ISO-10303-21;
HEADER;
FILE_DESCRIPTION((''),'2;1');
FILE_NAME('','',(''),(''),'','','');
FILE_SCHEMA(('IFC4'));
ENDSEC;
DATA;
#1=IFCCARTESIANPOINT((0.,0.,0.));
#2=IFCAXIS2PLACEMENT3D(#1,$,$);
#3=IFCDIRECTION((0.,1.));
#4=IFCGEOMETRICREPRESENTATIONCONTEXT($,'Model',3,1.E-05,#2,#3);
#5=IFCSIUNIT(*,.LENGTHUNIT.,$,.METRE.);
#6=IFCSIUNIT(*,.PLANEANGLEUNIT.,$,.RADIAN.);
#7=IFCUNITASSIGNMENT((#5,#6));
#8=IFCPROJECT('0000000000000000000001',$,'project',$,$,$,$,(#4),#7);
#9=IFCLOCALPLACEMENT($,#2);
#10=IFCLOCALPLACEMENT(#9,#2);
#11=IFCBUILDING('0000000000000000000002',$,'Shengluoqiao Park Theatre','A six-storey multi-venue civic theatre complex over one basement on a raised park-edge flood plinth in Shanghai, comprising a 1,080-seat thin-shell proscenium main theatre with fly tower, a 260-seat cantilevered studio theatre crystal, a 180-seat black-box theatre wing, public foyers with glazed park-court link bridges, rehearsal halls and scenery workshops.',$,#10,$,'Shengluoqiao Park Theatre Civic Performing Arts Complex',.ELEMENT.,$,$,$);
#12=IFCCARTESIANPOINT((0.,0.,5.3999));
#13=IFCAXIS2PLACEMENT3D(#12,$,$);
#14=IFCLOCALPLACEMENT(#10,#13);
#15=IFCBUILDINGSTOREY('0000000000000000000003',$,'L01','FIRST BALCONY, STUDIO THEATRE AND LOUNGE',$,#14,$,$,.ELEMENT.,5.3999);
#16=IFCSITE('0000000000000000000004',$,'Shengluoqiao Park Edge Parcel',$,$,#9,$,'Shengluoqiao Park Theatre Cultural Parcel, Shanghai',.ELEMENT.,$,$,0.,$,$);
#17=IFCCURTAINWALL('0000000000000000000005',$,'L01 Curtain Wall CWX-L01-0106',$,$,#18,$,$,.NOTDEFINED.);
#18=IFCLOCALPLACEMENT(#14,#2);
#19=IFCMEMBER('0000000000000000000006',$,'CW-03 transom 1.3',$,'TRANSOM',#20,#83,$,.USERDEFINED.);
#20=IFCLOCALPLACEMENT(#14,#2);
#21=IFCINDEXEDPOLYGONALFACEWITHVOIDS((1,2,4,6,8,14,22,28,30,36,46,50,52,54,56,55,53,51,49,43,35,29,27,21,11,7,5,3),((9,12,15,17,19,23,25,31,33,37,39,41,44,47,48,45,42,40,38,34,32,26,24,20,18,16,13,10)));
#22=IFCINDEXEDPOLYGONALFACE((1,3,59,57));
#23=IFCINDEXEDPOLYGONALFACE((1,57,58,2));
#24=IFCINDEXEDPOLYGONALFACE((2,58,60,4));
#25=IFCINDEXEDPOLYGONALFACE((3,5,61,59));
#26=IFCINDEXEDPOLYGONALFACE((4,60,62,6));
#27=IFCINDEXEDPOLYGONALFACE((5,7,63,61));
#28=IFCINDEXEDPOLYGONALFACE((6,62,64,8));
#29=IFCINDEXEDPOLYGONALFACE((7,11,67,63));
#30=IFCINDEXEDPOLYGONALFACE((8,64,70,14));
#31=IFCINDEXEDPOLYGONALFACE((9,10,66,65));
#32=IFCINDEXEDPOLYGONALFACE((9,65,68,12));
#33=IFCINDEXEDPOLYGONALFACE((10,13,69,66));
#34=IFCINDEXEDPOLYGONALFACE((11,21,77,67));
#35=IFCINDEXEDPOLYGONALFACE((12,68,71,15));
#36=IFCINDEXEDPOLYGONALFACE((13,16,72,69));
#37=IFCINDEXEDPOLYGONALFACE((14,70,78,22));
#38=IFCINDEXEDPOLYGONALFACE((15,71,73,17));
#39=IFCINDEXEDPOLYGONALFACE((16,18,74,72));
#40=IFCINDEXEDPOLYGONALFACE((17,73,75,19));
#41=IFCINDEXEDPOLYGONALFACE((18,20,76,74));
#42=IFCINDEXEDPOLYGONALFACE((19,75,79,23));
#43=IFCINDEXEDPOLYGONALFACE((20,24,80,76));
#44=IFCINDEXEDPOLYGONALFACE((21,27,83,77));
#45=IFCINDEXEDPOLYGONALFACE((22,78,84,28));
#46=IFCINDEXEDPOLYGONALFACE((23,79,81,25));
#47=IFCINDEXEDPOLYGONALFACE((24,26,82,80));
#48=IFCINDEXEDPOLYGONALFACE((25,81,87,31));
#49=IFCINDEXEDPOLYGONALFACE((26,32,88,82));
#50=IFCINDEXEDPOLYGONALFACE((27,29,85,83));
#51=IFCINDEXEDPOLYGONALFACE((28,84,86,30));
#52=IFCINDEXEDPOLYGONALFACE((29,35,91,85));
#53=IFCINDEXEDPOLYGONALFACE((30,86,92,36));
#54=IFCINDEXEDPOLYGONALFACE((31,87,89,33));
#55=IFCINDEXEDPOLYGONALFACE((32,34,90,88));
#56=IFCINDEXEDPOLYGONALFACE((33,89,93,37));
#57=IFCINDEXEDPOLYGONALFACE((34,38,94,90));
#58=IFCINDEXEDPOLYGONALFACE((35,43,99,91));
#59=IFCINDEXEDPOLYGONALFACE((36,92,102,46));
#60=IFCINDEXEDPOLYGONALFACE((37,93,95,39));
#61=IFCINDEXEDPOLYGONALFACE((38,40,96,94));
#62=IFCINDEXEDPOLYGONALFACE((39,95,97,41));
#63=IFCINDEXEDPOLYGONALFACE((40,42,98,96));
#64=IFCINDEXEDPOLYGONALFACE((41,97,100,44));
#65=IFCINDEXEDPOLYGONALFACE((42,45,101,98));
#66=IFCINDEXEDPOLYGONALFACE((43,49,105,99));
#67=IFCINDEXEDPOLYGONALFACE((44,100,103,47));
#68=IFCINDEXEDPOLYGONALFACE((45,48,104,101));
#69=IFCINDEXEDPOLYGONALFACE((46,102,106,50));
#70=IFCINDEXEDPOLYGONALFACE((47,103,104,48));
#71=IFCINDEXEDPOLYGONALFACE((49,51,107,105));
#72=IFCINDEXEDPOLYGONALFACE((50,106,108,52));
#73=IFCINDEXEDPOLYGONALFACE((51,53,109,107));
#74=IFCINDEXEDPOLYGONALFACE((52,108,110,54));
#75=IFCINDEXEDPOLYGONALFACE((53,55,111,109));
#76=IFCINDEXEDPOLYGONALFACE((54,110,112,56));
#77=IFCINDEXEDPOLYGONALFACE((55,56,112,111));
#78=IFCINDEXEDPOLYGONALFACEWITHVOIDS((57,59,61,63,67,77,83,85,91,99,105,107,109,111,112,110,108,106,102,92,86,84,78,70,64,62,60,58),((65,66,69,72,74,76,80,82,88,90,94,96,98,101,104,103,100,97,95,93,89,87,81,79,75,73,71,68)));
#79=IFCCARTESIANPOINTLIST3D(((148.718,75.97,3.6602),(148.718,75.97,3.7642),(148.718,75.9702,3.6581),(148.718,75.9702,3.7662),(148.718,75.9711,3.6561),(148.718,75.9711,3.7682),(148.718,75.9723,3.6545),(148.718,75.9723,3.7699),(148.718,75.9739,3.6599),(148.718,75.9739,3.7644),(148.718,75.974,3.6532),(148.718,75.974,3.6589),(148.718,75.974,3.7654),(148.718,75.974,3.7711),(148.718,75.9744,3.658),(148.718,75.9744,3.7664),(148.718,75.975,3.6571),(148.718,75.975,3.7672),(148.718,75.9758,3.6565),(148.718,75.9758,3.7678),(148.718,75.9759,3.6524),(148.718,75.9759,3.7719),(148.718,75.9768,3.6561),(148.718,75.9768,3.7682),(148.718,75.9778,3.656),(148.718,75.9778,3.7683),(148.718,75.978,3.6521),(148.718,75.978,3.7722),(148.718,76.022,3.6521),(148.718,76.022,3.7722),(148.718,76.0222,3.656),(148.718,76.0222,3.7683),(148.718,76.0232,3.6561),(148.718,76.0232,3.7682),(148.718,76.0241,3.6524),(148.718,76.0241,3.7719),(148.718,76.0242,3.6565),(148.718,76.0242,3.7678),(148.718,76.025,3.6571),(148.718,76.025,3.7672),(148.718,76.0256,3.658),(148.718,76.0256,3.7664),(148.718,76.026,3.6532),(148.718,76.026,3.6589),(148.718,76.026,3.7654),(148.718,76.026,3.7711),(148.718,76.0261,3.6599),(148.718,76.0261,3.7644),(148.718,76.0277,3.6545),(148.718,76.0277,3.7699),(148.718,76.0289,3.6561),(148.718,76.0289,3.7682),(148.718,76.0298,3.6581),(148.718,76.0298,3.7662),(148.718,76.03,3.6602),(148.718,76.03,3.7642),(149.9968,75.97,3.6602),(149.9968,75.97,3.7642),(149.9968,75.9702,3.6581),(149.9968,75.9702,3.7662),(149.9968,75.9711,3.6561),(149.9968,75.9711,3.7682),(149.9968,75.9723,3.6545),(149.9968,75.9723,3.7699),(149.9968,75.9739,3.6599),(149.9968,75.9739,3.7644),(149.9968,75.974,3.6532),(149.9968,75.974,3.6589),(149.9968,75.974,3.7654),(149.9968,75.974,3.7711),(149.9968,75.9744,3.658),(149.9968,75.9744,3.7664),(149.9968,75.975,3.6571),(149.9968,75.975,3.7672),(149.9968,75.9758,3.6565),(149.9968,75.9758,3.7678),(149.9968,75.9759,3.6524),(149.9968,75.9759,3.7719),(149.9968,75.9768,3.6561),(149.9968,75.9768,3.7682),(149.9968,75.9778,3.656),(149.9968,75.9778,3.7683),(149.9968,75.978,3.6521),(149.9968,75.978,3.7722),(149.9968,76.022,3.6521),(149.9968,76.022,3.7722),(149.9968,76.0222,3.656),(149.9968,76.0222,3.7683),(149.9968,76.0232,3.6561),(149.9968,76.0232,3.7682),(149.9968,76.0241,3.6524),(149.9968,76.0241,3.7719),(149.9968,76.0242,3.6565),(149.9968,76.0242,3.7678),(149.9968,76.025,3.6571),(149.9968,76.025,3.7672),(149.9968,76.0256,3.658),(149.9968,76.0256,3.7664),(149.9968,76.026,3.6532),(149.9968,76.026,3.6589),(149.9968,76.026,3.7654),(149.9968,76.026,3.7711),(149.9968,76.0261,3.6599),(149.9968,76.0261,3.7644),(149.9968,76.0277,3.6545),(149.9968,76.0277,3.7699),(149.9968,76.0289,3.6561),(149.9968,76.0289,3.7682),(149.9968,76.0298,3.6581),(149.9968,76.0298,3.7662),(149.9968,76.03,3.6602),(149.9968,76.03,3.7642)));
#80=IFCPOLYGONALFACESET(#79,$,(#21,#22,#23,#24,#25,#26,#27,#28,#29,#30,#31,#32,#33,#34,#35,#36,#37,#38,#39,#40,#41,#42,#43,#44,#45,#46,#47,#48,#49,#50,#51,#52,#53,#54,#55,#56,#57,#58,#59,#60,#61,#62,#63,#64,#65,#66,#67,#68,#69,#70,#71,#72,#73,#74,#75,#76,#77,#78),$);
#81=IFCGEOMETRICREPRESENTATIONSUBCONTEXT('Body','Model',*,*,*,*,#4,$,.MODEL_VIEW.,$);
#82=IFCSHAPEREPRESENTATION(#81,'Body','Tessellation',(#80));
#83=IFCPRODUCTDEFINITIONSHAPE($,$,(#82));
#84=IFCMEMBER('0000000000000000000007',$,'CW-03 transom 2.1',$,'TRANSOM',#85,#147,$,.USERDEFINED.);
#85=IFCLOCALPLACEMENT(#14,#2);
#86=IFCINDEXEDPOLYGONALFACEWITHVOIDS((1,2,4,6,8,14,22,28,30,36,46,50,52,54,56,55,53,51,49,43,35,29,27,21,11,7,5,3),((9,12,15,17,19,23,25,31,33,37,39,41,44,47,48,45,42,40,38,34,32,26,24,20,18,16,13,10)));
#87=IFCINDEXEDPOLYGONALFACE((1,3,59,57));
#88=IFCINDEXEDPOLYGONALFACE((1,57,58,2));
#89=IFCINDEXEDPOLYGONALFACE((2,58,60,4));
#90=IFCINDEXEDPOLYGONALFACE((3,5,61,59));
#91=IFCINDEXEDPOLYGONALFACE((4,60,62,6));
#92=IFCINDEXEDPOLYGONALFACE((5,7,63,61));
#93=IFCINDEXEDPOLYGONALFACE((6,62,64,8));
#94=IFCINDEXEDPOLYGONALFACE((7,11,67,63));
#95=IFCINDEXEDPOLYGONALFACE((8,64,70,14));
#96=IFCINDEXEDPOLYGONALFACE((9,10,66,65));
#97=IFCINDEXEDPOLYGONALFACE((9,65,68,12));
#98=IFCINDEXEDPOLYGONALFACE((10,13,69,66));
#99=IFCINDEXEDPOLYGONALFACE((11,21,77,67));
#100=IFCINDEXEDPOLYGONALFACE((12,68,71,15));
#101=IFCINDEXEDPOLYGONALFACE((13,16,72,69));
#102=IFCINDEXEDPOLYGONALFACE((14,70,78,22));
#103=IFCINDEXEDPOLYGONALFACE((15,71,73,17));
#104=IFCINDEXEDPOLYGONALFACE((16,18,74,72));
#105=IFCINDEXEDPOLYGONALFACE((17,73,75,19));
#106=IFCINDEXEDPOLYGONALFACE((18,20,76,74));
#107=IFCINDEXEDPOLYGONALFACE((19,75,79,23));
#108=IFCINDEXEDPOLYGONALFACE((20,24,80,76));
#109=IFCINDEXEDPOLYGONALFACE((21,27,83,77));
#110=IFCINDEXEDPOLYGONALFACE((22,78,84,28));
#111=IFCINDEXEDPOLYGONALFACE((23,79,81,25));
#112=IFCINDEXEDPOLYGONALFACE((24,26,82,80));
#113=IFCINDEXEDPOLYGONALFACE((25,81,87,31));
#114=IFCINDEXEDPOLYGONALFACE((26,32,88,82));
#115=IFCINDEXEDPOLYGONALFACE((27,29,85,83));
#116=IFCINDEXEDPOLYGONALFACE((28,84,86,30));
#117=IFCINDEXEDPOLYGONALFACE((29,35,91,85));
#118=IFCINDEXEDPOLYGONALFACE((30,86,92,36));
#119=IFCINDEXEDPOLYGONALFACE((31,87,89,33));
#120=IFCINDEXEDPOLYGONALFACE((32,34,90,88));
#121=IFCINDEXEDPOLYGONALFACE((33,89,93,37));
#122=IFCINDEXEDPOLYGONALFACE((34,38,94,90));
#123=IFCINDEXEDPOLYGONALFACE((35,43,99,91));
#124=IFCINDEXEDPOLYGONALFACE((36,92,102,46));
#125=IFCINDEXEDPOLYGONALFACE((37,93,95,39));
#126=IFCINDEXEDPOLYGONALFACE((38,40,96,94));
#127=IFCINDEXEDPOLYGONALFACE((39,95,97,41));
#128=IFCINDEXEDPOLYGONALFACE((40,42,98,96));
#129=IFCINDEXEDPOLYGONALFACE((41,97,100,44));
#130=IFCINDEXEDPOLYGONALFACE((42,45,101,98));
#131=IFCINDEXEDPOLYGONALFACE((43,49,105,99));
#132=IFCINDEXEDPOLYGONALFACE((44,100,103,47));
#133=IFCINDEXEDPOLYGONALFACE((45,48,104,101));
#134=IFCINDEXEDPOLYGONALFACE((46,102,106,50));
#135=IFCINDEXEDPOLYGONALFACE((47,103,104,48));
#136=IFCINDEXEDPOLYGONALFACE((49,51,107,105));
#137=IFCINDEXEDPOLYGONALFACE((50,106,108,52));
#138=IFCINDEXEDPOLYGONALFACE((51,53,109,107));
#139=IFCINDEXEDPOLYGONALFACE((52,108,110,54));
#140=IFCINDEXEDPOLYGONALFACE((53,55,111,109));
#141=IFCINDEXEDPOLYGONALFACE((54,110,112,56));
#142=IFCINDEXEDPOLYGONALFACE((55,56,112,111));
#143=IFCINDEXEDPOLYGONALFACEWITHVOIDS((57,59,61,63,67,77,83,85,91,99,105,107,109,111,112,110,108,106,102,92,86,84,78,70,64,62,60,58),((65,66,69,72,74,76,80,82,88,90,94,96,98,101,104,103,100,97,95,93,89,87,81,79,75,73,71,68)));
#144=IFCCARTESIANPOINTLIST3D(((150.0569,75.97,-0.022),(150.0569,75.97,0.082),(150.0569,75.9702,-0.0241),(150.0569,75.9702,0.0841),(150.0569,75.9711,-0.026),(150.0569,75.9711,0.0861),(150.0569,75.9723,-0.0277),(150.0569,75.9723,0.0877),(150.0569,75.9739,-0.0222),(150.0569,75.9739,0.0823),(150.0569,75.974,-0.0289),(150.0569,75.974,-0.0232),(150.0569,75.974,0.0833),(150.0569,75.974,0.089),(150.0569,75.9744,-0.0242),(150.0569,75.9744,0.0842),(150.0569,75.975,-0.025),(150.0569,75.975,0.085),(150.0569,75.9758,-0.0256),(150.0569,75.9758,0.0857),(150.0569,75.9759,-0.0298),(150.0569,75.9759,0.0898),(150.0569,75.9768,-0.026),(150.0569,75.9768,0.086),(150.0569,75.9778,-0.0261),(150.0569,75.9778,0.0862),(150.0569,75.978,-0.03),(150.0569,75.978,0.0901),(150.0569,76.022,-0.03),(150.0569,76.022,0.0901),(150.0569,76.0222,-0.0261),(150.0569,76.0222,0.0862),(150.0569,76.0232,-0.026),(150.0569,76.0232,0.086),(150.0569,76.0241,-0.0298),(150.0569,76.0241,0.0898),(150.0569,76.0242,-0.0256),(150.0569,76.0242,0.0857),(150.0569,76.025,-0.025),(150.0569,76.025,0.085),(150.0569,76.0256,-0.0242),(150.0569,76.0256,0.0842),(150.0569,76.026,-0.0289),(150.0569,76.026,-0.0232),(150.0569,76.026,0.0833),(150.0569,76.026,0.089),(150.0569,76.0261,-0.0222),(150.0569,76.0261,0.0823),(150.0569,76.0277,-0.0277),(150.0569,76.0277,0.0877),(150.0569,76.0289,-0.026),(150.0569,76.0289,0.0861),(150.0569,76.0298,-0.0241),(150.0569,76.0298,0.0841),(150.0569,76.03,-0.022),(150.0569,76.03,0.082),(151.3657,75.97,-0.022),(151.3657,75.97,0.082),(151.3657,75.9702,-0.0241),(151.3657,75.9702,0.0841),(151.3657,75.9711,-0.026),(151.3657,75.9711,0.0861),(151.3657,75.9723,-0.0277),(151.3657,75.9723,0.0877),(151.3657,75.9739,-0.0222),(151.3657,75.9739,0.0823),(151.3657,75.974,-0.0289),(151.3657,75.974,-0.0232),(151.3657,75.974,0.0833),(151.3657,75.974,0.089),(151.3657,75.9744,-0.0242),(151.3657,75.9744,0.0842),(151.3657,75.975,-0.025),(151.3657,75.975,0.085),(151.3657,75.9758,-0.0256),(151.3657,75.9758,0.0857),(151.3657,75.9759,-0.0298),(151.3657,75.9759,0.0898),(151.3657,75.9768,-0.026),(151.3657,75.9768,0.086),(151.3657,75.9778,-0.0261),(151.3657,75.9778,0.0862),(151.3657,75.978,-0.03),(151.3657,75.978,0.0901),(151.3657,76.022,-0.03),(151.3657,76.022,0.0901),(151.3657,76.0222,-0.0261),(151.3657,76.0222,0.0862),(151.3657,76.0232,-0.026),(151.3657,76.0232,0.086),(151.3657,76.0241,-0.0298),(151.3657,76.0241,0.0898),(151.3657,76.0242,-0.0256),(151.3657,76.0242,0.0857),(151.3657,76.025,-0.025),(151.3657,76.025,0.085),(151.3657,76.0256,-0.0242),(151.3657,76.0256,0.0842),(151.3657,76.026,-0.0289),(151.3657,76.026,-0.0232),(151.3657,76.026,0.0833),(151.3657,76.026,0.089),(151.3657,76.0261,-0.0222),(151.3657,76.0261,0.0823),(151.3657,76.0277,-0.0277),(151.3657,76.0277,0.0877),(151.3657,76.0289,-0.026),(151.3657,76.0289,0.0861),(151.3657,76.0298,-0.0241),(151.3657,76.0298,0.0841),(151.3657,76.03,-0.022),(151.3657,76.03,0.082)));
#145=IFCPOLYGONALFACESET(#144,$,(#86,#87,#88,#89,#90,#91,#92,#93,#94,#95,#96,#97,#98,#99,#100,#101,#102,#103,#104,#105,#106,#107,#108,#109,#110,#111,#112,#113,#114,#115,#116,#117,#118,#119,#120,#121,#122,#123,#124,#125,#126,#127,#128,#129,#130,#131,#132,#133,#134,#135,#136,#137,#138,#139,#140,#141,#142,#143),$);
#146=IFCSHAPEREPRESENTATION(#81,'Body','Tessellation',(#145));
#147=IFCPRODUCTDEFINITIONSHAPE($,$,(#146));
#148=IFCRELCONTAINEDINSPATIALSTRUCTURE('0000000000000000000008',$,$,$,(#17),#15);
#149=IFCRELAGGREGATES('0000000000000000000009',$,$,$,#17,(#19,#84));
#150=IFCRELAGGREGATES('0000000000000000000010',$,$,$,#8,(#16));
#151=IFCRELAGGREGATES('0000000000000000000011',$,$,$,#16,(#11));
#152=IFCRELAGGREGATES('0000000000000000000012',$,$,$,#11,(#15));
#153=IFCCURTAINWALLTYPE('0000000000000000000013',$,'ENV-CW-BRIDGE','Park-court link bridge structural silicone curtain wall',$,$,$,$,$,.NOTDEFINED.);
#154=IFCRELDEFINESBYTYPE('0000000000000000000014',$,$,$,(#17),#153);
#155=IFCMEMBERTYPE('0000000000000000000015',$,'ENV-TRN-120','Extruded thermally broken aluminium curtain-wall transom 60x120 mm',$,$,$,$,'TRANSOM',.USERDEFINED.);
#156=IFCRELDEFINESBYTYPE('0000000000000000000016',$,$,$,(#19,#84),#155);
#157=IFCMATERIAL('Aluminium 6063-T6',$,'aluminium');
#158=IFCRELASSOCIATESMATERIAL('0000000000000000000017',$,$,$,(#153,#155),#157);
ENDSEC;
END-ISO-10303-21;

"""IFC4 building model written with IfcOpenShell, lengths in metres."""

from ifc_helpers import new_model, si_unit, direction, frame, origin, origin_2d, place, context, subcontext, project, spatial, hollow_rectangle, extrude, material, material_profile, profile_set, type_object, element, aggregate, save


model = new_model("IFC4")

# Units and contexts
model_context = context("Model", 3, precision=1e-05, world=origin(), true_north=direction((0.0, 1.0)))
body_context = subcontext(model_context, "Body", "Model", "MODEL_VIEW")
ifc_project = project(units=[si_unit("LENGTHUNIT", "METRE"), si_unit("PLANEANGLEUNIT", "RADIAN")], contexts=[model_context])

# Site, building, storey
site_placement = place(None, origin())
site = spatial("IfcSite", under=ifc_project, at=site_placement, Name="Shengluoqiao Park Edge Parcel", LongName="Shengluoqiao Park Theatre Cultural Parcel, Shanghai", CompositionType="ELEMENT", RefElevation=0.0)
building_placement = place(site_placement, origin())
building = spatial("IfcBuilding", under=site, at=building_placement, Name="Shengluoqiao Park Theatre", Description="A six-storey multi-venue civic theatre complex over one basement on a raised park-edge flood plinth in Shanghai, comprising a 1,080-seat thin-shell proscenium main theatre with fly tower, a 260-seat cantilevered studio theatre crystal, a 180-seat black-box theatre wing, public foyers with glazed park-court link bridges, rehearsal halls and scenery workshops.", LongName="Shengluoqiao Park Theatre Civic Performing Arts Complex", CompositionType="ELEMENT")
storey_placement = place(building_placement, frame((0.0, 0.0, 5.3999)))
storey = spatial("IfcBuildingStorey", under=building, at=storey_placement, Name="L01", Description="FIRST BALCONY, STUDIO THEATRE AND LOUNGE", CompositionType="ELEMENT", Elevation=5.3999)

# Curtain wall
ifc_material_1 = material(Name="Aluminium 6063-T6", Category="aluminium")
curtain_wall_type = type_object("IfcCurtainWallType", Name="ENV-CW-BRIDGE", Description="Park-court link bridge structural silicone curtain wall", PredefinedType="NOTDEFINED", material=ifc_material_1)
curtain_wall_1_placement = place(storey_placement, origin())
curtain_wall_1 = element("IfcCurtainWall", 1, at=curtain_wall_1_placement, inside=storey, type_object=curtain_wall_type, Name="L01 Curtain Wall CWX-L01-0106", PredefinedType="NOTDEFINED")

# Members
ifc_material_profile_1 = material_profile(ifc_material_1, hollow_rectangle(XDim=0.0601, YDim=0.1201, WallThickness=0.0039, InnerFilletRadius=0.0039, OuterFilletRadius=0.0081, at=origin_2d()), Name="ALU TRANSOM 120x60x4")
ifc_profile_set_1 = profile_set([ifc_material_profile_1], Name="Aluminium 6063-T6")
member_type_1 = type_object("IfcMemberType", Name="ENV-TRN-120", Description="Extruded thermally broken aluminium curtain-wall transom 60x120 mm", ElementType="TRANSOM", PredefinedType="USERDEFINED", material=ifc_profile_set_1)
member_1_placement = place(storey_placement, frame((148.718, 76.0, 3.7122), z_axis=(1.0, 0.0, 0.0), x_axis=(0.0, 1.0, 0.0)))
member_1 = element("IfcMember", 2, at=member_1_placement, type_object=member_type_1, Name="CW-03 transom 1.3", ObjectType="TRANSOM", PredefinedType="USERDEFINED", context=body_context, shape_type="SweptSolid", body=[
    extrude(hollow_rectangle(XDim=0.0601, YDim=0.1201, WallThickness=0.0039, InnerFilletRadius=0.0039, OuterFilletRadius=0.0081, at=origin_2d()), origin(), (0.0, 0.0, 1.0), 1.2788),
])
member_2_placement = place(storey_placement, frame((150.0569, 76.0, 0.03), z_axis=(1.0, 0.0, 0.0), x_axis=(0.0, 1.0, 0.0)))
member_2 = element("IfcMember", 3, at=member_2_placement, type_object=member_type_1, Name="CW-03 transom 2.1", ObjectType="TRANSOM", PredefinedType="USERDEFINED", context=body_context, shape_type="SweptSolid", body=[
    extrude(hollow_rectangle(XDim=0.0601, YDim=0.1201, WallThickness=0.0039, InnerFilletRadius=0.0039, OuterFilletRadius=0.0081, at=origin_2d()), origin(), (0.0, 0.0, 1.0), 1.3088),
])

aggregate(curtain_wall_1, [member_1, member_2])

save(model, "model.ifc")
